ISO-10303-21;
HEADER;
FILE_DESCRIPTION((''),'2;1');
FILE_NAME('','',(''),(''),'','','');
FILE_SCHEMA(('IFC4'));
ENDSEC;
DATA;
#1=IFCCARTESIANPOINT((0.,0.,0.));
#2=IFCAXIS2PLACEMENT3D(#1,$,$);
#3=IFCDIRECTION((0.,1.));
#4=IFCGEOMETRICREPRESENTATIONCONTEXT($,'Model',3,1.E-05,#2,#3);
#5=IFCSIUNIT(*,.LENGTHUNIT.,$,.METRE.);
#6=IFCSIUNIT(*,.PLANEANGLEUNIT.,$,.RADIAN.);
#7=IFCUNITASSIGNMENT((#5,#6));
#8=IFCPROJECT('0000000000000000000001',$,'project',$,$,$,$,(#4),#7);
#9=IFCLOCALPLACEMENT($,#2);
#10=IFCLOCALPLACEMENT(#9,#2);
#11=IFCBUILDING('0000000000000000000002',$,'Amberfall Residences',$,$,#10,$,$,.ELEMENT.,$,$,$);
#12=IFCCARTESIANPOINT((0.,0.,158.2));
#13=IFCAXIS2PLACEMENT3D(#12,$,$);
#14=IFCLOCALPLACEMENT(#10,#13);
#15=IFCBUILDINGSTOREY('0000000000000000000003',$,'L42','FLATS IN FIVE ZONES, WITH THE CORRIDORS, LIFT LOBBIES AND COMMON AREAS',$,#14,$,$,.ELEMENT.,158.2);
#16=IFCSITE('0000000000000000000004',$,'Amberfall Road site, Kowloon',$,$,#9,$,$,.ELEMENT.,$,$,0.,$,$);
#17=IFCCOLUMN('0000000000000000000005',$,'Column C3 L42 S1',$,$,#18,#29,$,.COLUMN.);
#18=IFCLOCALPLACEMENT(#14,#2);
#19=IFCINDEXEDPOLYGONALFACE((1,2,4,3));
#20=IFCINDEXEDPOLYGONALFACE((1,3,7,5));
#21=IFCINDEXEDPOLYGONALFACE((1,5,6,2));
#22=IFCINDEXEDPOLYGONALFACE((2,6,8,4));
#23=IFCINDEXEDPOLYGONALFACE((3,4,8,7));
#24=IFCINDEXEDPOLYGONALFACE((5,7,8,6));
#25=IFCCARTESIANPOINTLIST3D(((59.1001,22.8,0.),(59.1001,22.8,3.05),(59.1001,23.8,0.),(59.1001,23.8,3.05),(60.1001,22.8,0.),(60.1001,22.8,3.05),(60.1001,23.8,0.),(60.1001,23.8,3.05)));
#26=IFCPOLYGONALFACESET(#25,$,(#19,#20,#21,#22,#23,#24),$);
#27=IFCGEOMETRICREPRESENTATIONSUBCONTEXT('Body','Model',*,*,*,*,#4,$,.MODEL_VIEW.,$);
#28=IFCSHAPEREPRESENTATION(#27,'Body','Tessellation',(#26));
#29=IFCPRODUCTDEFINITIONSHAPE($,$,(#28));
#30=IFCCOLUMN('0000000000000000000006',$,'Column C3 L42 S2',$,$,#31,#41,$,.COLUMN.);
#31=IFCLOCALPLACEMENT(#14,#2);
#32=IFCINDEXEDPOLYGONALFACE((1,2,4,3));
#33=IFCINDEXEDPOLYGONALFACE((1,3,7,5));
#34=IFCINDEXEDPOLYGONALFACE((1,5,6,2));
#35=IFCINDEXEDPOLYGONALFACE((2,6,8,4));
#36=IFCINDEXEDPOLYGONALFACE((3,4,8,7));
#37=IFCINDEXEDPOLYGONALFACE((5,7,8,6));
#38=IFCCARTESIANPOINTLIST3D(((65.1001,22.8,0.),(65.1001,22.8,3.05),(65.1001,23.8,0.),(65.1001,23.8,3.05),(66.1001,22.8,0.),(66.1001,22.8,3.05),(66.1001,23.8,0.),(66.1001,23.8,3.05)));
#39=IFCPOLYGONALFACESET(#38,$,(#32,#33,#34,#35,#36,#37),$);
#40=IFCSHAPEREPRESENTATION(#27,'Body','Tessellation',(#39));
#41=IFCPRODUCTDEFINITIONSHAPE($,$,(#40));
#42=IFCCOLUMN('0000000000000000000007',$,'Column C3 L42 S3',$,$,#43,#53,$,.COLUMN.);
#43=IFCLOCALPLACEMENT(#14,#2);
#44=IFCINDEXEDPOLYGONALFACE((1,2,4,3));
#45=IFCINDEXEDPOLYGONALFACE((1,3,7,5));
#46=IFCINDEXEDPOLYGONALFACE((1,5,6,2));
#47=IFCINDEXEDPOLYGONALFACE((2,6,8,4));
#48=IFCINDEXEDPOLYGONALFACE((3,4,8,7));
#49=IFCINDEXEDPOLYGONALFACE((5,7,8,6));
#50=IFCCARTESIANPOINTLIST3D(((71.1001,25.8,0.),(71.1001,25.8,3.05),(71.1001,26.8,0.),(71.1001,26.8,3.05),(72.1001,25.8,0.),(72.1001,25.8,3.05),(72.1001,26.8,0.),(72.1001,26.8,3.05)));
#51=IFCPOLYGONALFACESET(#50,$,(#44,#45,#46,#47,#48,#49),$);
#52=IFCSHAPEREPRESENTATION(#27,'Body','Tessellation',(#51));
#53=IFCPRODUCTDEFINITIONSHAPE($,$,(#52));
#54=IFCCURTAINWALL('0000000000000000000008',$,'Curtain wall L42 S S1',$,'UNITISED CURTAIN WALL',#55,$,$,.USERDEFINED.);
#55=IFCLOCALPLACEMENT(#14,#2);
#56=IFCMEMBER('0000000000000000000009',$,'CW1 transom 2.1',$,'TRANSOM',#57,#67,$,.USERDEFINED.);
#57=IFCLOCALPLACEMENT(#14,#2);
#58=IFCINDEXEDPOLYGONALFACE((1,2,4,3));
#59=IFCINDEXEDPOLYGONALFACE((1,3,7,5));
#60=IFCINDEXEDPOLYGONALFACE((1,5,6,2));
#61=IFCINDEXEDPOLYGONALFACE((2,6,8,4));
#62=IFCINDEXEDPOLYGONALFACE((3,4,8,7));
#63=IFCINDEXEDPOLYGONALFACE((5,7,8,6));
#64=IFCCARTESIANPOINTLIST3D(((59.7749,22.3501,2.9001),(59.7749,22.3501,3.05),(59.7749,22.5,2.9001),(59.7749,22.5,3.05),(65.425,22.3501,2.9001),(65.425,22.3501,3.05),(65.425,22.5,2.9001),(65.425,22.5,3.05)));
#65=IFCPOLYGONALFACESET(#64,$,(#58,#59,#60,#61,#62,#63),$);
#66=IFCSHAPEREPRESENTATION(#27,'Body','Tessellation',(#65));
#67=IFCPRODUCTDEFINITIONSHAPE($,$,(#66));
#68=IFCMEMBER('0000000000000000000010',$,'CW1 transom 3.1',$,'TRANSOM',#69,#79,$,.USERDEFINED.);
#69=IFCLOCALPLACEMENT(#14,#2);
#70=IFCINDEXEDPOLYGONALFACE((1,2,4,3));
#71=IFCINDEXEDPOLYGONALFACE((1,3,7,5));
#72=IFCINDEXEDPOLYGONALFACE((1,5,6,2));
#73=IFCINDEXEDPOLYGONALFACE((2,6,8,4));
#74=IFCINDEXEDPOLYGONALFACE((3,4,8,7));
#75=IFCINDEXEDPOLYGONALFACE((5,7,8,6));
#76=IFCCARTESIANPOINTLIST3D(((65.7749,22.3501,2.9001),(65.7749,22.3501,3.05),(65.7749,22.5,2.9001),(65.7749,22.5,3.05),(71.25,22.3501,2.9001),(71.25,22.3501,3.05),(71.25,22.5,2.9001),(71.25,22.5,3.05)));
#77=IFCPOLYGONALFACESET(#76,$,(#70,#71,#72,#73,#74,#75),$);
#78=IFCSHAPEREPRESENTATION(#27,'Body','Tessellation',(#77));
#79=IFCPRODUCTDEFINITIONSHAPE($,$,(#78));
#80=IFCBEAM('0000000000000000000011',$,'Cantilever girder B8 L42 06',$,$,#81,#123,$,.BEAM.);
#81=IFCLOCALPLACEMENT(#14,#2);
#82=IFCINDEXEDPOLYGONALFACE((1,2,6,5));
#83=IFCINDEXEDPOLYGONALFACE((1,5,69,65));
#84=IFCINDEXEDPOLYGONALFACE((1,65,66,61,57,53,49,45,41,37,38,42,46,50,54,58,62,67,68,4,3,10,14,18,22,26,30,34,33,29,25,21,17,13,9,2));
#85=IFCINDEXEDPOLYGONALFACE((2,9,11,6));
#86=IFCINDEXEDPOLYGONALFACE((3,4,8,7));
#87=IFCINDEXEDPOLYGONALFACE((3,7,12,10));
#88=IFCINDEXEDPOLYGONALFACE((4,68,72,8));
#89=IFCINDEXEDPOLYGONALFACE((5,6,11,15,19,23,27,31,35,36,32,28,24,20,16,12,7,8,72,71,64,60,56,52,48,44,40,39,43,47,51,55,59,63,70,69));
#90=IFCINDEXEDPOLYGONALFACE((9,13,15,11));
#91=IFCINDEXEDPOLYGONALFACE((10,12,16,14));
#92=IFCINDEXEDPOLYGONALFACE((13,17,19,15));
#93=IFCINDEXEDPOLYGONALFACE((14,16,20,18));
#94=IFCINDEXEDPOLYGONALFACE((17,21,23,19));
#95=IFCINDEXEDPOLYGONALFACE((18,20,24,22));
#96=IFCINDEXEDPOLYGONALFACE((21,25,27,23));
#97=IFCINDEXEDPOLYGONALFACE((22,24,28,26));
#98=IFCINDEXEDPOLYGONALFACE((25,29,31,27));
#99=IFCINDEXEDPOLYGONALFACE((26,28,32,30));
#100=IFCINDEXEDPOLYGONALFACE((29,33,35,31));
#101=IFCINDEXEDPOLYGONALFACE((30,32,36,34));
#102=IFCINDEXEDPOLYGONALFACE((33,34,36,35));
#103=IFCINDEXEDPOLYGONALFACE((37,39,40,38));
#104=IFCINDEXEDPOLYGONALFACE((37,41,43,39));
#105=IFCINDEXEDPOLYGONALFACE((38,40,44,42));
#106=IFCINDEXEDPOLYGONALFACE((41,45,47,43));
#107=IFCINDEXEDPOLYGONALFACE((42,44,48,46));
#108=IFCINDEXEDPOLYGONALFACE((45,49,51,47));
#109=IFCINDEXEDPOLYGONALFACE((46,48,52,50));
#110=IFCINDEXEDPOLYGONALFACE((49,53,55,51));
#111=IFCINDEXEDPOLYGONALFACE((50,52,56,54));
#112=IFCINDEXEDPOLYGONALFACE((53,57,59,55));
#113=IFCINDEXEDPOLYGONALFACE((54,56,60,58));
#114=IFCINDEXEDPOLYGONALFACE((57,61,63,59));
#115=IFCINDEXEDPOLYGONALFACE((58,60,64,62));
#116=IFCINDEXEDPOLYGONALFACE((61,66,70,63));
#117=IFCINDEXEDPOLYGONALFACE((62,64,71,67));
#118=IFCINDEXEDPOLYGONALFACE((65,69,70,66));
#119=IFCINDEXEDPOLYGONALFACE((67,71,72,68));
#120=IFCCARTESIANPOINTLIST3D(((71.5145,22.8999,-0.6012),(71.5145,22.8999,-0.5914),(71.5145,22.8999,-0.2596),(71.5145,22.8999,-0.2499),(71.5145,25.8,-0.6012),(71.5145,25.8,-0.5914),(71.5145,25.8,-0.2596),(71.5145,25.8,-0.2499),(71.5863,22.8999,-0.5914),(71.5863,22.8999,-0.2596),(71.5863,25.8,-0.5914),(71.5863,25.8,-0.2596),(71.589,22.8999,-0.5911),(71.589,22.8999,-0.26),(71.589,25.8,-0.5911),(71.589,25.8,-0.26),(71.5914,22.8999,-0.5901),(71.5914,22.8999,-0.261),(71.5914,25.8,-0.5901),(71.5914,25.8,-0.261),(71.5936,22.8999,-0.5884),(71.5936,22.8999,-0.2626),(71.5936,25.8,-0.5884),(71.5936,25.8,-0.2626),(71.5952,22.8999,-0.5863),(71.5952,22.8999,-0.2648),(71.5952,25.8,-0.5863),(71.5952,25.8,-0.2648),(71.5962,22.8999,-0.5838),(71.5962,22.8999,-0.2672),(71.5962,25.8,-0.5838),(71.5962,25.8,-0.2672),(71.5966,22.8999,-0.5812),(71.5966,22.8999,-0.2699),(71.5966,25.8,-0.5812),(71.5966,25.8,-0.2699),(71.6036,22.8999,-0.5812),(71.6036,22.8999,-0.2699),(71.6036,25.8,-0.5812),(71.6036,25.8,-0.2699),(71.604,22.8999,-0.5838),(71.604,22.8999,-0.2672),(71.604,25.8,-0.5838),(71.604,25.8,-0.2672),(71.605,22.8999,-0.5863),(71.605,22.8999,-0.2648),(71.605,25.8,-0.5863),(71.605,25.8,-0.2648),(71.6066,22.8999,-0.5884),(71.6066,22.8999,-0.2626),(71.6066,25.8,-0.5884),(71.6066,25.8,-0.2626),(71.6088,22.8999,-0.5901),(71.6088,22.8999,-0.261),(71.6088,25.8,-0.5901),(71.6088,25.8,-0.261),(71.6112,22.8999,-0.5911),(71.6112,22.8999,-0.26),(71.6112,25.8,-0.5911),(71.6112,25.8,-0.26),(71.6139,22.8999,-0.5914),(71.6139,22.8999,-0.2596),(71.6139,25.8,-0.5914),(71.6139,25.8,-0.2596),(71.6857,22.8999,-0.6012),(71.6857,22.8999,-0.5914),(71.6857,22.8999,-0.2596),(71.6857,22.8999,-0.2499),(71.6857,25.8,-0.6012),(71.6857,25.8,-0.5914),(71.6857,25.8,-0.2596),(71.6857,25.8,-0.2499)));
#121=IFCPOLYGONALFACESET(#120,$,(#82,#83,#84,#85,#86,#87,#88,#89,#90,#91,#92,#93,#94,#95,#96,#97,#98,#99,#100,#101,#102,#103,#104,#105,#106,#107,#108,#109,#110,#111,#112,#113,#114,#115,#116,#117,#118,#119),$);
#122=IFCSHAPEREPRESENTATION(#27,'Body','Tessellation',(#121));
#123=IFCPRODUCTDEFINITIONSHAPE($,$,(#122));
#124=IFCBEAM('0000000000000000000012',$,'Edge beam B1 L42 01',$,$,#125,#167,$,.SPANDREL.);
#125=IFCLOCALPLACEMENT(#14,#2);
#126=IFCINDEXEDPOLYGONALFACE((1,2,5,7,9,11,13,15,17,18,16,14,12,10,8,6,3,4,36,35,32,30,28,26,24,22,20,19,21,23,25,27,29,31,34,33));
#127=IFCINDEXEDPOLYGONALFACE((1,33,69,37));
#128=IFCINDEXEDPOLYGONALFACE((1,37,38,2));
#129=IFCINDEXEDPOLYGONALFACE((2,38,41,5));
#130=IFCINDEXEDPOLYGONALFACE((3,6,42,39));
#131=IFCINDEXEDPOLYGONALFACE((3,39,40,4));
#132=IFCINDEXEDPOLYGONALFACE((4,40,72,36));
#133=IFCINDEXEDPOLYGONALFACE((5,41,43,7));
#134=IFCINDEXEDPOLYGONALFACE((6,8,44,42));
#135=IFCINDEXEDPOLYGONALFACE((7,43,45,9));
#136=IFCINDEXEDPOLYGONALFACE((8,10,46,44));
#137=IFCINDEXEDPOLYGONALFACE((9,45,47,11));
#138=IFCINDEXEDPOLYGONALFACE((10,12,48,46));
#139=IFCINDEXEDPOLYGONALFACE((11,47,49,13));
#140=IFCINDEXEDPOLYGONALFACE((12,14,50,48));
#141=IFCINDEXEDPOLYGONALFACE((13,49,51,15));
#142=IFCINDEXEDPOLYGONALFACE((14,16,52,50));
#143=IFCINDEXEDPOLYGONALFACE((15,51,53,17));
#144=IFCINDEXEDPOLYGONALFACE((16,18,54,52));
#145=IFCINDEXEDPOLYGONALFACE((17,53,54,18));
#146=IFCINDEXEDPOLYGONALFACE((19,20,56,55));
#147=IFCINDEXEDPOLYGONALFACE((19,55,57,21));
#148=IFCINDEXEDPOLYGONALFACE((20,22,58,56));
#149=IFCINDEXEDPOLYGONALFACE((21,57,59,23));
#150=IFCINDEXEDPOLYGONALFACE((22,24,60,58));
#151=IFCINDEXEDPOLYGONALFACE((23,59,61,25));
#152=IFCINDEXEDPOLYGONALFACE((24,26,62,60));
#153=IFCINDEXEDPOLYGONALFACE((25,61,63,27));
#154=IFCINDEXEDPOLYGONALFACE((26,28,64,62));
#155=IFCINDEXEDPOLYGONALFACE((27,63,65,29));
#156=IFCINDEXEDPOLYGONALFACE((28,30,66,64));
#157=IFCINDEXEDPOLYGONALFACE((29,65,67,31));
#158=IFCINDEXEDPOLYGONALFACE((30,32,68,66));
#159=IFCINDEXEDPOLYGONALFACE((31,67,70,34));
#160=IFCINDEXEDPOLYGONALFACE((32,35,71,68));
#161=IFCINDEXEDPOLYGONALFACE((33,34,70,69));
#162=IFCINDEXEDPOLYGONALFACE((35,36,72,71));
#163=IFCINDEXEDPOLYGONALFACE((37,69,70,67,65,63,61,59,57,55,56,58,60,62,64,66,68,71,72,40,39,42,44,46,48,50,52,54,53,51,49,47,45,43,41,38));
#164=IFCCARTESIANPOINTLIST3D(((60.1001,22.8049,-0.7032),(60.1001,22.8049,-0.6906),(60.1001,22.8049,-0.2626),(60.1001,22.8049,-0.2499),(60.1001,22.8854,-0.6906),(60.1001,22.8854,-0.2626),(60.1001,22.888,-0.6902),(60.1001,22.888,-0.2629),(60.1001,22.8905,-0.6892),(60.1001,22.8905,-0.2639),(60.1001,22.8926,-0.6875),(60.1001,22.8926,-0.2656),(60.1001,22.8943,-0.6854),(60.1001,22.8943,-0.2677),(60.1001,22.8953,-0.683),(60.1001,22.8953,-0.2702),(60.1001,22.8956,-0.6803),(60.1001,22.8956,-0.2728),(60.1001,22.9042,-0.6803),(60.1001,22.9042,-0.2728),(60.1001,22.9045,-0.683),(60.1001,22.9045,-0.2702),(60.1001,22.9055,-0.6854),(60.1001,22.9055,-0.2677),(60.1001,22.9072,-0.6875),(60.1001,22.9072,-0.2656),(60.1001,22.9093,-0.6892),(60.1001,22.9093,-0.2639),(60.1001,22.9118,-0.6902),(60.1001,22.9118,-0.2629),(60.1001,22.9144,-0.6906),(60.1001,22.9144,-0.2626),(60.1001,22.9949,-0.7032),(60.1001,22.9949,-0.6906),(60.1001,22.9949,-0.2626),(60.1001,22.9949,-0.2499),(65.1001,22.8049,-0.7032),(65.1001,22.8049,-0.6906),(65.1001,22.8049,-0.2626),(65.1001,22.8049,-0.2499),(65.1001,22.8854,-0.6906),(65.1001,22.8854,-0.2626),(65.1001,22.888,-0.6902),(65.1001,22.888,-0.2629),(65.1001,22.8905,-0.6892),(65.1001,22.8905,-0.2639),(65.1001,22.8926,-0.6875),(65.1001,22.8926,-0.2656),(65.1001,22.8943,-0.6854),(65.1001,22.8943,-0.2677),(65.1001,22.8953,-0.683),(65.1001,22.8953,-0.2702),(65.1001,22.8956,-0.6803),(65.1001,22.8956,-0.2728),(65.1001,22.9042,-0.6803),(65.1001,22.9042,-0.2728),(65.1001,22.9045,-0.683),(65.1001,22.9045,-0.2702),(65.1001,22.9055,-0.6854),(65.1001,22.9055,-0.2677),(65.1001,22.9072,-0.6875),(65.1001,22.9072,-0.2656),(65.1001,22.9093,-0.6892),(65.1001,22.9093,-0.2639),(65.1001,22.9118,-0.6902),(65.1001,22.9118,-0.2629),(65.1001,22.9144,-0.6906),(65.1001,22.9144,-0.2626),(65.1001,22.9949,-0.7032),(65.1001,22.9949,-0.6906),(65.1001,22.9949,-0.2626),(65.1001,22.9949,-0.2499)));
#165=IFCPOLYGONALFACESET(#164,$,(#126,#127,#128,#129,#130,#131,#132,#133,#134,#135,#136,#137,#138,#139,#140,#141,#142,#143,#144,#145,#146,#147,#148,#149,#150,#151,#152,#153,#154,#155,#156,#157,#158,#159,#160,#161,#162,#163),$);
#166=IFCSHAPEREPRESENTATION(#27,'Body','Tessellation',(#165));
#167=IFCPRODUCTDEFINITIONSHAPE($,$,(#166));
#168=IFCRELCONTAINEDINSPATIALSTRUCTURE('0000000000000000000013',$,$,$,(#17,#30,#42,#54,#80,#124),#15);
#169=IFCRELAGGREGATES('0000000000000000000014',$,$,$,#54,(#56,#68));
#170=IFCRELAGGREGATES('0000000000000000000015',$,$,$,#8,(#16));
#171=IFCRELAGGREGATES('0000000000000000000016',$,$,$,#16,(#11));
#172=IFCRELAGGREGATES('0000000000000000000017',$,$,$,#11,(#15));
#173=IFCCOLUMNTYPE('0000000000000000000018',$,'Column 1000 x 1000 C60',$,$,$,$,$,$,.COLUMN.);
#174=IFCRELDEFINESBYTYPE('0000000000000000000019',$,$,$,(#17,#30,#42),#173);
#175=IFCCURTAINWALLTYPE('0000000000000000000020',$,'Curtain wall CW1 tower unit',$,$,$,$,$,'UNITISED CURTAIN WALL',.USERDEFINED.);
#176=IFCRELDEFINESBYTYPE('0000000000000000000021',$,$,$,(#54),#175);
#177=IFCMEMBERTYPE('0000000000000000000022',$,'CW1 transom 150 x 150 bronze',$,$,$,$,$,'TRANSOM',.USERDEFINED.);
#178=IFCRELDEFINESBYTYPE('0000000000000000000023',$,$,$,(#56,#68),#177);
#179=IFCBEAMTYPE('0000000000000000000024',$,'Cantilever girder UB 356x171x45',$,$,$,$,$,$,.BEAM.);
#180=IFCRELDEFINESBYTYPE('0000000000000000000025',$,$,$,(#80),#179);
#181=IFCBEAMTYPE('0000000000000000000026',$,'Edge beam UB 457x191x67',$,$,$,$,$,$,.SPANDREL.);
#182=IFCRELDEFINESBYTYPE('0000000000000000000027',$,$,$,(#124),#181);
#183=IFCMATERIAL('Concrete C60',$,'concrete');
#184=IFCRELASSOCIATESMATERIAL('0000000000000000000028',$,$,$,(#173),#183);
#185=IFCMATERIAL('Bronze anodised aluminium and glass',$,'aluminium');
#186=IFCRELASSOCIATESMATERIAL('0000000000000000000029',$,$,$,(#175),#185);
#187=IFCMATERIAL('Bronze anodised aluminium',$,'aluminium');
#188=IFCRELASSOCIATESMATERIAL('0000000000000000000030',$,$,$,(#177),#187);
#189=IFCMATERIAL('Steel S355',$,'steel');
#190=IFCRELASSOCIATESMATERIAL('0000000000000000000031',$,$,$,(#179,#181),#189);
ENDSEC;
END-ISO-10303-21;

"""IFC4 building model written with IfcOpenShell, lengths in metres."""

from ifc_helpers import new_model, si_unit, direction, frame, origin, origin_2d, place, context, subcontext, project, spatial, rectangle, i_section, extrude, material, material_profile, profile_set, type_object, element, aggregate, save


model = new_model("IFC4")

# Units and contexts
model_context = context("Model", 3, precision=1e-05, world=origin(), true_north=direction((0.0, 1.0)))
body_context = subcontext(model_context, "Body", "Model", "MODEL_VIEW")
ifc_project = project(units=[si_unit("LENGTHUNIT", "METRE"), si_unit("PLANEANGLEUNIT", "RADIAN")], contexts=[model_context])

# Site, building, storey
site_placement = place(None, origin())
site = spatial("IfcSite", under=ifc_project, at=site_placement, Name="Amberfall Road site, Kowloon", CompositionType="ELEMENT", RefElevation=0.0)
building_placement = place(site_placement, origin())
building = spatial("IfcBuilding", under=site, at=building_placement, Name="Amberfall Residences", CompositionType="ELEMENT")
storey_placement = place(building_placement, frame((0.0, 0.0, 158.2)))
storey = spatial("IfcBuildingStorey", under=building, at=storey_placement, Name="L42", Description="FLATS IN FIVE ZONES, WITH THE CORRIDORS, LIFT LOBBIES AND COMMON AREAS", CompositionType="ELEMENT", Elevation=158.2)

# Columns
ifc_material_1 = material(Name="Concrete C60", Category="concrete")
ifc_material_profile_1 = material_profile(ifc_material_1, rectangle(XDim=1.0, YDim=1.0, at=origin_2d()), Name="Column 1000 x 1000 C60")
ifc_profile_set_1 = profile_set([ifc_material_profile_1], Name="Concrete C60")
column_type = type_object("IfcColumnType", Name="Column 1000 x 1000 C60", PredefinedType="COLUMN", material=ifc_profile_set_1)
for number, where, z_axis, x_axis, name in (
    (1, (59.6001, 23.3, 0.0), (0.0, 0.0, 1.0), (1.0, 0.0, 0.0), "Column C3 L42 S1"),
    (2, (65.6001, 23.3, 0.0), (0.0, 0.0, 1.0), (1.0, 0.0, 0.0), "Column C3 L42 S2"),
    (3, (71.6001, 26.3, 0.0), (0.0, 0.0, 1.0), (1.0, 0.0, 0.0), "Column C3 L42 S3"),
):
    element("IfcColumn", number, at=place(storey_placement, frame(where, z_axis=z_axis, x_axis=x_axis)), inside=storey, type_object=column_type, Name=name, PredefinedType="COLUMN", context=body_context, shape_type="SweptSolid", body=[
        extrude(rectangle(XDim=1.0, YDim=1.0, at=origin_2d()), origin(), (0.0, 0.0, 1.0), 3.05),
    ])

# Curtain wall, members
ifc_material_2 = material(Name="Bronze anodised aluminium and glass", Category="aluminium")
curtain_wall_type = type_object("IfcCurtainWallType", Name="Curtain wall CW1 tower unit", ElementType="UNITISED CURTAIN WALL", PredefinedType="USERDEFINED", material=ifc_material_2)
curtain_wall_placement = place(storey_placement, origin())
curtain_wall = element("IfcCurtainWall", 4, at=curtain_wall_placement, inside=storey, type_object=curtain_wall_type, Name="Curtain wall L42 S S1", ObjectType="UNITISED CURTAIN WALL", PredefinedType="USERDEFINED")
ifc_material_3 = material(Name="Bronze anodised aluminium", Category="aluminium")
ifc_material_profile_2 = material_profile(ifc_material_3, rectangle(XDim=0.1499, YDim=0.1499, at=origin_2d()), Name="CW1 transom 150 x 150 bronze")
ifc_profile_set_2 = profile_set([ifc_material_profile_2], Name="Bronze anodised aluminium")
member_type_1 = type_object("IfcMemberType", Name="CW1 transom 150 x 150 bronze", ElementType="TRANSOM", PredefinedType="USERDEFINED", material=ifc_profile_set_2)
member_1_placement = place(storey_placement, frame((59.7749, 22.425, 2.9751), z_axis=(1.0, 0.0, 0.0), x_axis=(0.0, 1.0, 0.0)))
member_1 = element("IfcMember", 5, at=member_1_placement, type_object=member_type_1, Name="CW1 transom 2.1", ObjectType="TRANSOM", PredefinedType="USERDEFINED", context=body_context, shape_type="SweptSolid", body=[
    extrude(rectangle(XDim=0.1499, YDim=0.1499, at=origin_2d()), origin(), (0.0, 0.0, 1.0), 5.6501),
])
member_2_placement = place(storey_placement, frame((65.7749, 22.425, 2.9751), z_axis=(1.0, 0.0, 0.0), x_axis=(0.0, 1.0, 0.0)))
member_2 = element("IfcMember", 6, at=member_2_placement, type_object=member_type_1, Name="CW1 transom 3.1", ObjectType="TRANSOM", PredefinedType="USERDEFINED", context=body_context, shape_type="SweptSolid", body=[
    extrude(rectangle(XDim=0.1499, YDim=0.1499, at=origin_2d()), origin(), (0.0, 0.0, 1.0), 5.4751),
])

# Beams
ifc_material_4 = material(Name="Steel S355", Category="steel")
ifc_material_profile_3 = material_profile(ifc_material_4, i_section(OverallWidth=0.1711, OverallDepth=0.3513, WebThickness=0.0071, FlangeThickness=0.0098, FilletRadius=0.0103, at=origin_2d()), Name="UB 356x171x45")
ifc_profile_set_3 = profile_set([ifc_material_profile_3], Name="Steel S355")
beam_type_1 = type_object("IfcBeamType", Name="Cantilever girder UB 356x171x45", PredefinedType="BEAM", material=ifc_profile_set_3)
beam_1_placement = place(storey_placement, frame((71.6001, 25.8, -0.4255), z_axis=(0.0, -1.0, 0.0), x_axis=(1.0, 0.0, 0.0)))
element("IfcBeam", 7, at=beam_1_placement, inside=storey, type_object=beam_type_1, Name="Cantilever girder B8 L42 06", PredefinedType="BEAM", context=body_context, shape_type="SweptSolid", body=[
    extrude(i_section(OverallWidth=0.1711, OverallDepth=0.3513, WebThickness=0.0071, FlangeThickness=0.0098, FilletRadius=0.0103, at=origin_2d()), origin(), (0.0, 0.0, 1.0), 2.9001),
])
ifc_material_profile_4 = material_profile(ifc_material_4, i_section(OverallWidth=0.1899, OverallDepth=0.4534, WebThickness=0.0085, FlangeThickness=0.0127, FilletRadius=0.0103, at=origin_2d()), Name="UB 457x191x67")
ifc_profile_set_4 = profile_set([ifc_material_profile_4], Name="Steel S355")
beam_type_2 = type_object("IfcBeamType", Name="Edge beam UB 457x191x67", PredefinedType="SPANDREL", material=ifc_profile_set_4)
beam_2_placement = place(storey_placement, frame((60.1001, 22.8999, -0.4766), z_axis=(1.0, 0.0, 0.0), x_axis=(0.0, 1.0, 0.0)))
element("IfcBeam", 8, at=beam_2_placement, inside=storey, type_object=beam_type_2, Name="Edge beam B1 L42 01", PredefinedType="SPANDREL", context=body_context, shape_type="SweptSolid", body=[
    extrude(i_section(OverallWidth=0.1899, OverallDepth=0.4534, WebThickness=0.0085, FlangeThickness=0.0127, FilletRadius=0.0103, at=origin_2d()), origin(), (0.0, 0.0, 1.0), 5.0),
])

aggregate(curtain_wall, [member_1, member_2])

save(model, "model.ifc")
